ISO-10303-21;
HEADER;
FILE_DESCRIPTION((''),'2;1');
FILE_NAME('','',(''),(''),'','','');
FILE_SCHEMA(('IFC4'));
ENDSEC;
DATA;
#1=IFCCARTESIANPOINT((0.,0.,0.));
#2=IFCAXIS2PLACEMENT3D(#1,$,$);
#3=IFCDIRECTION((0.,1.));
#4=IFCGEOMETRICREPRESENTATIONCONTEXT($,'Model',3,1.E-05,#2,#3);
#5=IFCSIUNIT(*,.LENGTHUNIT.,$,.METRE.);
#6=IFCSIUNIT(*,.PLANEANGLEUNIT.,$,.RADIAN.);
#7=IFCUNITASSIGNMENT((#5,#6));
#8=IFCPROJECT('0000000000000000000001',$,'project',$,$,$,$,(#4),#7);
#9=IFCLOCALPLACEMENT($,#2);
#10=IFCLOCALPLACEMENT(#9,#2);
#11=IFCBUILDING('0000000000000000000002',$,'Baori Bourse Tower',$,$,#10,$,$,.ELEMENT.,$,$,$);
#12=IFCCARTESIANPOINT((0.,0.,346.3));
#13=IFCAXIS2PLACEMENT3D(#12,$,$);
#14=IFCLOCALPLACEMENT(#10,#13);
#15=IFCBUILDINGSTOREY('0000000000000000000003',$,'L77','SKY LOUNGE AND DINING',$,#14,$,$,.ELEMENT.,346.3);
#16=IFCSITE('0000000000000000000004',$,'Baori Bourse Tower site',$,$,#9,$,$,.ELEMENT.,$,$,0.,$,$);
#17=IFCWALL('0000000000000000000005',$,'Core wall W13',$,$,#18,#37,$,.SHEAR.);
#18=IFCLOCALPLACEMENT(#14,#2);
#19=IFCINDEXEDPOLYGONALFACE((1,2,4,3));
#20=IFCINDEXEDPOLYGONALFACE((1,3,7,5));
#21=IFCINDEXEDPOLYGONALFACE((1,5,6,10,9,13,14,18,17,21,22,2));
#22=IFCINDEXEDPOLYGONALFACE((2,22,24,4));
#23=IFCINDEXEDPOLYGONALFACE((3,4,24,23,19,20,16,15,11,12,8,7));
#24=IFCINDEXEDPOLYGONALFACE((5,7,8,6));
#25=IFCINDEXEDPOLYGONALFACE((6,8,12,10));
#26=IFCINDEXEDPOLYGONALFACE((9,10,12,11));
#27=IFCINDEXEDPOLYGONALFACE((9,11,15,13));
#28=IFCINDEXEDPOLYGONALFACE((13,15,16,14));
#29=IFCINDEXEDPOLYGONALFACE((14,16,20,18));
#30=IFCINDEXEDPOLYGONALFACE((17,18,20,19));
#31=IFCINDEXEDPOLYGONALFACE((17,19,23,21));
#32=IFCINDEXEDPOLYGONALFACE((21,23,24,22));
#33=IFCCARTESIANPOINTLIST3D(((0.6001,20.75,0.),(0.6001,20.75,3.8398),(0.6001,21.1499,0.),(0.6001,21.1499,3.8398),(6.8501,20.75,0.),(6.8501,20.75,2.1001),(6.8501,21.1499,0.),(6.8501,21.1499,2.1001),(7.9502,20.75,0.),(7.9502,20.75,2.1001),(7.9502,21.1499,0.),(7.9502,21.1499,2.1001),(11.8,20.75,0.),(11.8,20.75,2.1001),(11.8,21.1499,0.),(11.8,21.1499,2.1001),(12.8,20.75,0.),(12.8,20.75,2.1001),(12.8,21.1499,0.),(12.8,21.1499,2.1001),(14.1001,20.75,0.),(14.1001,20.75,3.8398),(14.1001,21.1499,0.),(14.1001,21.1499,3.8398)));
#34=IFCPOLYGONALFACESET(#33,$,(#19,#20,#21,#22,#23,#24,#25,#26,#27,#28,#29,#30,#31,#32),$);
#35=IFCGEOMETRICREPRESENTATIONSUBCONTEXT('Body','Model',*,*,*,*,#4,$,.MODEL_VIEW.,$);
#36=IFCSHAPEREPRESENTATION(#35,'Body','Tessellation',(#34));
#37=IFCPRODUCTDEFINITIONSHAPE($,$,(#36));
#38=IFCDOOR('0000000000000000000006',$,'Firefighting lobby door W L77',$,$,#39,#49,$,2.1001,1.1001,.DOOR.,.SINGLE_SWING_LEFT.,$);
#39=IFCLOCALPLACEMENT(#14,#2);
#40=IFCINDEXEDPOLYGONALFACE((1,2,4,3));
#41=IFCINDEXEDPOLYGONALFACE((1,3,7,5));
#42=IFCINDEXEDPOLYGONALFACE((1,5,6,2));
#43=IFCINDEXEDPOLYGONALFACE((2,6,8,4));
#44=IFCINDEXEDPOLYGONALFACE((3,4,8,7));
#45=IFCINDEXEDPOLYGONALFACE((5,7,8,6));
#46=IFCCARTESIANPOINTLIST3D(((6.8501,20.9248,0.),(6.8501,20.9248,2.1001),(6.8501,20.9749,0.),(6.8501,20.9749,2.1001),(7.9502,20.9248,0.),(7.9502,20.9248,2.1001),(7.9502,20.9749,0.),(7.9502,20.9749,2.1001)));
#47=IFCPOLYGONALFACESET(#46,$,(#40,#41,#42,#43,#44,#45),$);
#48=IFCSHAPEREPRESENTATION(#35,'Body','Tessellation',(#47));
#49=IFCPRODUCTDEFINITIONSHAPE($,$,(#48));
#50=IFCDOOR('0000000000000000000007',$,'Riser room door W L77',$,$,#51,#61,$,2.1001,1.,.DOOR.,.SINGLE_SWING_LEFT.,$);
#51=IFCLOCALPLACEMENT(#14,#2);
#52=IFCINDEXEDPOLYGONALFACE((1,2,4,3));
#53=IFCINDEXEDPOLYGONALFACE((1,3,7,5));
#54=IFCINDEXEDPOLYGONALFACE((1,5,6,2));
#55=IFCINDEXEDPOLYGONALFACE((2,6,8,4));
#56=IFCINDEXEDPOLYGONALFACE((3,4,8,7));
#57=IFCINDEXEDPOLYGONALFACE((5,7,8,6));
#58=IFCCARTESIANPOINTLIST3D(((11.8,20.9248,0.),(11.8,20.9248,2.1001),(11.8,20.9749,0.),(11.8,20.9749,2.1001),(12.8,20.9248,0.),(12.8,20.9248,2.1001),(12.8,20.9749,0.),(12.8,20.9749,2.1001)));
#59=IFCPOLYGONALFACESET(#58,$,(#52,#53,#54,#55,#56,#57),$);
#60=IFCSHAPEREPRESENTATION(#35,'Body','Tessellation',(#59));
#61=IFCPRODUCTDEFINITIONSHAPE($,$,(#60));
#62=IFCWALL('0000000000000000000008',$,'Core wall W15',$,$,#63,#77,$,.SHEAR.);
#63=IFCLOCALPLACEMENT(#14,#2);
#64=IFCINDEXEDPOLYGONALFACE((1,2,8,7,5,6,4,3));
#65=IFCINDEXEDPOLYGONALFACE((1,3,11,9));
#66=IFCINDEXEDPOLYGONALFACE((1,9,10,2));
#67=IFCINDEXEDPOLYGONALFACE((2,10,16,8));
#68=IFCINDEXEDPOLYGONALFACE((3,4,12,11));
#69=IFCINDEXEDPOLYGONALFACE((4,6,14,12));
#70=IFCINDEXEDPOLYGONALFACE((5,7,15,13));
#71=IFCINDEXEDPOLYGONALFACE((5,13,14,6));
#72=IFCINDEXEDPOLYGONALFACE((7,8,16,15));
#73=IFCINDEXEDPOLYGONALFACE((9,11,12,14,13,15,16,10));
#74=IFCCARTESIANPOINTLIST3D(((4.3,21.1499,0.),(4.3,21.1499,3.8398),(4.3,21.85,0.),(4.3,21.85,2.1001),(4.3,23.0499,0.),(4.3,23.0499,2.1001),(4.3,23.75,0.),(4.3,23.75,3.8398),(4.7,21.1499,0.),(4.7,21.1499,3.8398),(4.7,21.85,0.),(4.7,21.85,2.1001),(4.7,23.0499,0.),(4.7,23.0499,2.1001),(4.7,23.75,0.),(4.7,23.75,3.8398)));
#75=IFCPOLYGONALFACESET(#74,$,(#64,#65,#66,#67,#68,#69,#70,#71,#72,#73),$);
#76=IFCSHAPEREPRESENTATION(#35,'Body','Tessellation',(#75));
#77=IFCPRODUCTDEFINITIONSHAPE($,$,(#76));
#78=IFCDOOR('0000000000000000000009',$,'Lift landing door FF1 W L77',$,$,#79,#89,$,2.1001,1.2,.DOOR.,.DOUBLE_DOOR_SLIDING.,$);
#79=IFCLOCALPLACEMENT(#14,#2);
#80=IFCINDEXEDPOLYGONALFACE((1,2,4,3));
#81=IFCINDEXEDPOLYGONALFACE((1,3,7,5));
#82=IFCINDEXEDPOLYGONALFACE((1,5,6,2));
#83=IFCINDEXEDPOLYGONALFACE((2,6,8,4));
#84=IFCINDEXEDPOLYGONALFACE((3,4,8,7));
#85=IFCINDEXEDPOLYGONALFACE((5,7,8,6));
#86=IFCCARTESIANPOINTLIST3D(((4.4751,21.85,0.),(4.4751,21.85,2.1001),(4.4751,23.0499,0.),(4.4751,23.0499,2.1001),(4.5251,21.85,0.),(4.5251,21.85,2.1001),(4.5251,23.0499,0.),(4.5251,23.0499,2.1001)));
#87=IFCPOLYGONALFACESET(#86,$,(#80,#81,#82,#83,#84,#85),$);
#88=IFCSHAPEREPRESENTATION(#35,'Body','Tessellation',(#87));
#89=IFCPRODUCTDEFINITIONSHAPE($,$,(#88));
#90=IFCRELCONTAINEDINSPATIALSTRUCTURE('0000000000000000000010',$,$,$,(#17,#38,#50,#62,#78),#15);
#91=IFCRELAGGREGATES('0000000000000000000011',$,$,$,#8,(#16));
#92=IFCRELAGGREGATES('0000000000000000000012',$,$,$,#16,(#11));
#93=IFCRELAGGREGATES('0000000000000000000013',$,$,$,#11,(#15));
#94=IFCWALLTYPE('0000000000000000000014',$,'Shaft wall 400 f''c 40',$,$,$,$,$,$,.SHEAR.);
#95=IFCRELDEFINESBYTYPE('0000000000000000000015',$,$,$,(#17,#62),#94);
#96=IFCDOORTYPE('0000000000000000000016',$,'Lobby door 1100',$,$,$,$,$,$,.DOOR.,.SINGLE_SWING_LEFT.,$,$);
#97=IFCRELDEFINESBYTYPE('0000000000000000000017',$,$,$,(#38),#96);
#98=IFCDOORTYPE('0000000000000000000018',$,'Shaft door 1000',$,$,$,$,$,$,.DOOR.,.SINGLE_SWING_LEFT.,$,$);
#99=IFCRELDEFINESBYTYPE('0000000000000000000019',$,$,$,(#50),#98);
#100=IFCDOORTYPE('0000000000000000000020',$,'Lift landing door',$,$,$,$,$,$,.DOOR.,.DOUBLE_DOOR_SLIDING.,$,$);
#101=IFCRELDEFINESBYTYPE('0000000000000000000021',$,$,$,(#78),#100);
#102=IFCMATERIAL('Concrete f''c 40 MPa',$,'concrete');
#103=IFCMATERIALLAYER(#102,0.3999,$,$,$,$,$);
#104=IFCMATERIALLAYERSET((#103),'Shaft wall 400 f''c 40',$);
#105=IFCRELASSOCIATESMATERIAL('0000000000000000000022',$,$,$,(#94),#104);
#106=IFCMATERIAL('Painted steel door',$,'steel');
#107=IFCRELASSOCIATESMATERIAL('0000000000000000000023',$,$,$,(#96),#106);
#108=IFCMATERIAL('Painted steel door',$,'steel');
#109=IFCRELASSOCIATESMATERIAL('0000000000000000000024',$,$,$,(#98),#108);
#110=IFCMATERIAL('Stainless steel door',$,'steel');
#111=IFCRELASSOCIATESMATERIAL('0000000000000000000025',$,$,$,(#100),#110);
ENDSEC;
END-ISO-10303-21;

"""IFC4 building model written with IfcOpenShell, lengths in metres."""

from ifc_helpers import new_model, si_unit, direction, frame, frame_2d, origin, place, context, subcontext, project, spatial, rectangle, extrude, material, layer, layer_set, type_object, element, fill, save


model = new_model("IFC4")

# Units and contexts
model_context = context("Model", 3, precision=1e-05, world=origin(), true_north=direction((0.0, 1.0)))
body_context = subcontext(model_context, "Body", "Model", "MODEL_VIEW")
ifc_project = project(units=[si_unit("LENGTHUNIT", "METRE"), si_unit("PLANEANGLEUNIT", "RADIAN")], contexts=[model_context])

# Site, building, storey
site_placement = place(None, origin())
site = spatial("IfcSite", under=ifc_project, at=site_placement, Name="Baori Bourse Tower site", CompositionType="ELEMENT", RefElevation=0.0)
building_placement = place(site_placement, origin())
building = spatial("IfcBuilding", under=site, at=building_placement, Name="Baori Bourse Tower", CompositionType="ELEMENT")
storey_placement = place(building_placement, frame((0.0, 0.0, 346.3)))
storey = spatial("IfcBuildingStorey", under=building, at=storey_placement, Name="L77", Description="SKY LOUNGE AND DINING", CompositionType="ELEMENT", Elevation=346.3)

# Shared definitions
ifc_material_1 = material(Name="Concrete f'c 40 MPa", Category="concrete")
ifc_layer_1 = layer(ifc_material_1, 0.3999)
ifc_layer_set_1 = layer_set([ifc_layer_1], Name="Shaft wall 400 f'c 40")
wall_type_1 = type_object("IfcWallType", Name="Shaft wall 400 f'c 40", PredefinedType="SHEAR", material=ifc_layer_set_1)

# Wall, openings, doors
wall_1_placement = place(storey_placement, frame((0.6001, 20.95, 0.0), z_axis=(0.0, 0.0, 1.0), x_axis=(1.0, 0.0, 0.0)))
wall_1 = element("IfcWall", 1, at=wall_1_placement, inside=storey, type_object=wall_type_1, Name="Core wall W13", PredefinedType="SHEAR", context=body_context, shape_type="SweptSolid", body=[
    extrude(rectangle(XDim=13.5, YDim=0.3999, at=frame_2d((6.75, 0.0))), origin(), (0.0, 0.0, 1.0), 3.8398),
])
opening_1_placement = place(wall_1_placement, frame((6.25, 0.0, 0.0)))
opening_1 = element("IfcOpeningElement", 2, at=opening_1_placement, cuts=wall_1, PredefinedType="OPENING", context=body_context, shape_type="SweptSolid", body=[
    extrude(rectangle(XDim=1.1001, YDim=2.1001, at=frame_2d((0.55, 1.05))), frame((0.0, 0.21, 0.0), z_axis=(0.0, -1.0, 0.0), x_axis=(1.0, 0.0, 0.0)), (0.0, 0.0, 1.0), 0.4199),
])
opening_2_placement = place(wall_1_placement, frame((11.2, 0.0, 0.0)))
opening_2 = element("IfcOpeningElement", 3, at=opening_2_placement, cuts=wall_1, PredefinedType="OPENING", context=body_context, shape_type="SweptSolid", body=[
    extrude(rectangle(XDim=1.0, YDim=2.1001, at=frame_2d((0.5, 1.05))), frame((0.0, 0.21, 0.0), z_axis=(0.0, -1.0, 0.0), x_axis=(1.0, 0.0, 0.0)), (0.0, 0.0, 1.0), 0.4199),
])
ifc_material_2 = material(Name="Painted steel door", Category="steel")
door_type_1 = type_object("IfcDoorType", Name="Lobby door 1100", OperationType="SINGLE_SWING_LEFT", PredefinedType="DOOR", material=ifc_material_2)
door_1_placement = place(opening_1_placement, origin())
door_1 = element("IfcDoor", 4, at=door_1_placement, inside=storey, type_object=door_type_1, Name="Firefighting lobby door W L77", OperationType="SINGLE_SWING_LEFT", OverallHeight=2.1001, OverallWidth=1.1001, PredefinedType="DOOR", context=body_context, shape_type="SweptSolid", body=[
    extrude(rectangle(XDim=1.1001, YDim=2.1001, at=frame_2d((0.55, 1.05))), frame((0.0, 0.0249, 0.0), z_axis=(0.0, -1.0, 0.0), x_axis=(1.0, 0.0, 0.0)), (0.0, 0.0, 1.0), 0.05),
])
fill(opening_1, door_1)
ifc_material_3 = material(Name="Painted steel door", Category="steel")
door_type_2 = type_object("IfcDoorType", Name="Shaft door 1000", OperationType="SINGLE_SWING_LEFT", PredefinedType="DOOR", material=ifc_material_3)
door_2_placement = place(opening_2_placement, origin())
door_2 = element("IfcDoor", 5, at=door_2_placement, inside=storey, type_object=door_type_2, Name="Riser room door W L77", OperationType="SINGLE_SWING_LEFT", OverallHeight=2.1001, OverallWidth=1.0, PredefinedType="DOOR", context=body_context, shape_type="SweptSolid", body=[
    extrude(rectangle(XDim=1.0, YDim=2.1001, at=frame_2d((0.5, 1.05))), frame((0.0, 0.0249, 0.0), z_axis=(0.0, -1.0, 0.0), x_axis=(1.0, 0.0, 0.0)), (0.0, 0.0, 1.0), 0.05),
])
fill(opening_2, door_2)

# Wall, opening, door
wall_2_placement = place(storey_placement, frame((4.5, 21.1499, 0.0), z_axis=(0.0, 0.0, 1.0), x_axis=(0.0, 1.0, 0.0)))
wall_2 = element("IfcWall", 6, at=wall_2_placement, inside=storey, type_object=wall_type_1, Name="Core wall W15", PredefinedType="SHEAR", context=body_context, shape_type="SweptSolid", body=[
    extrude(rectangle(XDim=2.6001, YDim=0.3999, at=frame_2d((1.3, 0.0))), origin(), (0.0, 0.0, 1.0), 3.8398),
])
opening_3_placement = place(wall_2_placement, frame((0.7, 0.0, 0.0)))
opening_3 = element("IfcOpeningElement", 7, at=opening_3_placement, cuts=wall_2, PredefinedType="OPENING", context=body_context, shape_type="SweptSolid", body=[
    extrude(rectangle(XDim=1.2, YDim=2.1001, at=frame_2d((0.6001, 1.05))), frame((0.0, 0.21, 0.0), z_axis=(0.0, -1.0, 0.0), x_axis=(1.0, 0.0, 0.0)), (0.0, 0.0, 1.0), 0.4199),
])
ifc_material_4 = material(Name="Stainless steel door", Category="steel")
door_type_3 = type_object("IfcDoorType", Name="Lift landing door", OperationType="DOUBLE_DOOR_SLIDING", PredefinedType="DOOR", material=ifc_material_4)
door_3_placement = place(opening_3_placement, origin())
door_3 = element("IfcDoor", 8, at=door_3_placement, inside=storey, type_object=door_type_3, Name="Lift landing door FF1 W L77", OperationType="DOUBLE_DOOR_SLIDING", OverallHeight=2.1001, OverallWidth=1.2, PredefinedType="DOOR", context=body_context, shape_type="SweptSolid", body=[
    extrude(rectangle(XDim=1.2, YDim=2.1001, at=frame_2d((0.6001, 1.05))), frame((0.0, 0.0249, 0.0), z_axis=(0.0, -1.0, 0.0), x_axis=(1.0, 0.0, 0.0)), (0.0, 0.0, 1.0), 0.05),
])
fill(opening_3, door_3)

save(model, "model.ifc")
